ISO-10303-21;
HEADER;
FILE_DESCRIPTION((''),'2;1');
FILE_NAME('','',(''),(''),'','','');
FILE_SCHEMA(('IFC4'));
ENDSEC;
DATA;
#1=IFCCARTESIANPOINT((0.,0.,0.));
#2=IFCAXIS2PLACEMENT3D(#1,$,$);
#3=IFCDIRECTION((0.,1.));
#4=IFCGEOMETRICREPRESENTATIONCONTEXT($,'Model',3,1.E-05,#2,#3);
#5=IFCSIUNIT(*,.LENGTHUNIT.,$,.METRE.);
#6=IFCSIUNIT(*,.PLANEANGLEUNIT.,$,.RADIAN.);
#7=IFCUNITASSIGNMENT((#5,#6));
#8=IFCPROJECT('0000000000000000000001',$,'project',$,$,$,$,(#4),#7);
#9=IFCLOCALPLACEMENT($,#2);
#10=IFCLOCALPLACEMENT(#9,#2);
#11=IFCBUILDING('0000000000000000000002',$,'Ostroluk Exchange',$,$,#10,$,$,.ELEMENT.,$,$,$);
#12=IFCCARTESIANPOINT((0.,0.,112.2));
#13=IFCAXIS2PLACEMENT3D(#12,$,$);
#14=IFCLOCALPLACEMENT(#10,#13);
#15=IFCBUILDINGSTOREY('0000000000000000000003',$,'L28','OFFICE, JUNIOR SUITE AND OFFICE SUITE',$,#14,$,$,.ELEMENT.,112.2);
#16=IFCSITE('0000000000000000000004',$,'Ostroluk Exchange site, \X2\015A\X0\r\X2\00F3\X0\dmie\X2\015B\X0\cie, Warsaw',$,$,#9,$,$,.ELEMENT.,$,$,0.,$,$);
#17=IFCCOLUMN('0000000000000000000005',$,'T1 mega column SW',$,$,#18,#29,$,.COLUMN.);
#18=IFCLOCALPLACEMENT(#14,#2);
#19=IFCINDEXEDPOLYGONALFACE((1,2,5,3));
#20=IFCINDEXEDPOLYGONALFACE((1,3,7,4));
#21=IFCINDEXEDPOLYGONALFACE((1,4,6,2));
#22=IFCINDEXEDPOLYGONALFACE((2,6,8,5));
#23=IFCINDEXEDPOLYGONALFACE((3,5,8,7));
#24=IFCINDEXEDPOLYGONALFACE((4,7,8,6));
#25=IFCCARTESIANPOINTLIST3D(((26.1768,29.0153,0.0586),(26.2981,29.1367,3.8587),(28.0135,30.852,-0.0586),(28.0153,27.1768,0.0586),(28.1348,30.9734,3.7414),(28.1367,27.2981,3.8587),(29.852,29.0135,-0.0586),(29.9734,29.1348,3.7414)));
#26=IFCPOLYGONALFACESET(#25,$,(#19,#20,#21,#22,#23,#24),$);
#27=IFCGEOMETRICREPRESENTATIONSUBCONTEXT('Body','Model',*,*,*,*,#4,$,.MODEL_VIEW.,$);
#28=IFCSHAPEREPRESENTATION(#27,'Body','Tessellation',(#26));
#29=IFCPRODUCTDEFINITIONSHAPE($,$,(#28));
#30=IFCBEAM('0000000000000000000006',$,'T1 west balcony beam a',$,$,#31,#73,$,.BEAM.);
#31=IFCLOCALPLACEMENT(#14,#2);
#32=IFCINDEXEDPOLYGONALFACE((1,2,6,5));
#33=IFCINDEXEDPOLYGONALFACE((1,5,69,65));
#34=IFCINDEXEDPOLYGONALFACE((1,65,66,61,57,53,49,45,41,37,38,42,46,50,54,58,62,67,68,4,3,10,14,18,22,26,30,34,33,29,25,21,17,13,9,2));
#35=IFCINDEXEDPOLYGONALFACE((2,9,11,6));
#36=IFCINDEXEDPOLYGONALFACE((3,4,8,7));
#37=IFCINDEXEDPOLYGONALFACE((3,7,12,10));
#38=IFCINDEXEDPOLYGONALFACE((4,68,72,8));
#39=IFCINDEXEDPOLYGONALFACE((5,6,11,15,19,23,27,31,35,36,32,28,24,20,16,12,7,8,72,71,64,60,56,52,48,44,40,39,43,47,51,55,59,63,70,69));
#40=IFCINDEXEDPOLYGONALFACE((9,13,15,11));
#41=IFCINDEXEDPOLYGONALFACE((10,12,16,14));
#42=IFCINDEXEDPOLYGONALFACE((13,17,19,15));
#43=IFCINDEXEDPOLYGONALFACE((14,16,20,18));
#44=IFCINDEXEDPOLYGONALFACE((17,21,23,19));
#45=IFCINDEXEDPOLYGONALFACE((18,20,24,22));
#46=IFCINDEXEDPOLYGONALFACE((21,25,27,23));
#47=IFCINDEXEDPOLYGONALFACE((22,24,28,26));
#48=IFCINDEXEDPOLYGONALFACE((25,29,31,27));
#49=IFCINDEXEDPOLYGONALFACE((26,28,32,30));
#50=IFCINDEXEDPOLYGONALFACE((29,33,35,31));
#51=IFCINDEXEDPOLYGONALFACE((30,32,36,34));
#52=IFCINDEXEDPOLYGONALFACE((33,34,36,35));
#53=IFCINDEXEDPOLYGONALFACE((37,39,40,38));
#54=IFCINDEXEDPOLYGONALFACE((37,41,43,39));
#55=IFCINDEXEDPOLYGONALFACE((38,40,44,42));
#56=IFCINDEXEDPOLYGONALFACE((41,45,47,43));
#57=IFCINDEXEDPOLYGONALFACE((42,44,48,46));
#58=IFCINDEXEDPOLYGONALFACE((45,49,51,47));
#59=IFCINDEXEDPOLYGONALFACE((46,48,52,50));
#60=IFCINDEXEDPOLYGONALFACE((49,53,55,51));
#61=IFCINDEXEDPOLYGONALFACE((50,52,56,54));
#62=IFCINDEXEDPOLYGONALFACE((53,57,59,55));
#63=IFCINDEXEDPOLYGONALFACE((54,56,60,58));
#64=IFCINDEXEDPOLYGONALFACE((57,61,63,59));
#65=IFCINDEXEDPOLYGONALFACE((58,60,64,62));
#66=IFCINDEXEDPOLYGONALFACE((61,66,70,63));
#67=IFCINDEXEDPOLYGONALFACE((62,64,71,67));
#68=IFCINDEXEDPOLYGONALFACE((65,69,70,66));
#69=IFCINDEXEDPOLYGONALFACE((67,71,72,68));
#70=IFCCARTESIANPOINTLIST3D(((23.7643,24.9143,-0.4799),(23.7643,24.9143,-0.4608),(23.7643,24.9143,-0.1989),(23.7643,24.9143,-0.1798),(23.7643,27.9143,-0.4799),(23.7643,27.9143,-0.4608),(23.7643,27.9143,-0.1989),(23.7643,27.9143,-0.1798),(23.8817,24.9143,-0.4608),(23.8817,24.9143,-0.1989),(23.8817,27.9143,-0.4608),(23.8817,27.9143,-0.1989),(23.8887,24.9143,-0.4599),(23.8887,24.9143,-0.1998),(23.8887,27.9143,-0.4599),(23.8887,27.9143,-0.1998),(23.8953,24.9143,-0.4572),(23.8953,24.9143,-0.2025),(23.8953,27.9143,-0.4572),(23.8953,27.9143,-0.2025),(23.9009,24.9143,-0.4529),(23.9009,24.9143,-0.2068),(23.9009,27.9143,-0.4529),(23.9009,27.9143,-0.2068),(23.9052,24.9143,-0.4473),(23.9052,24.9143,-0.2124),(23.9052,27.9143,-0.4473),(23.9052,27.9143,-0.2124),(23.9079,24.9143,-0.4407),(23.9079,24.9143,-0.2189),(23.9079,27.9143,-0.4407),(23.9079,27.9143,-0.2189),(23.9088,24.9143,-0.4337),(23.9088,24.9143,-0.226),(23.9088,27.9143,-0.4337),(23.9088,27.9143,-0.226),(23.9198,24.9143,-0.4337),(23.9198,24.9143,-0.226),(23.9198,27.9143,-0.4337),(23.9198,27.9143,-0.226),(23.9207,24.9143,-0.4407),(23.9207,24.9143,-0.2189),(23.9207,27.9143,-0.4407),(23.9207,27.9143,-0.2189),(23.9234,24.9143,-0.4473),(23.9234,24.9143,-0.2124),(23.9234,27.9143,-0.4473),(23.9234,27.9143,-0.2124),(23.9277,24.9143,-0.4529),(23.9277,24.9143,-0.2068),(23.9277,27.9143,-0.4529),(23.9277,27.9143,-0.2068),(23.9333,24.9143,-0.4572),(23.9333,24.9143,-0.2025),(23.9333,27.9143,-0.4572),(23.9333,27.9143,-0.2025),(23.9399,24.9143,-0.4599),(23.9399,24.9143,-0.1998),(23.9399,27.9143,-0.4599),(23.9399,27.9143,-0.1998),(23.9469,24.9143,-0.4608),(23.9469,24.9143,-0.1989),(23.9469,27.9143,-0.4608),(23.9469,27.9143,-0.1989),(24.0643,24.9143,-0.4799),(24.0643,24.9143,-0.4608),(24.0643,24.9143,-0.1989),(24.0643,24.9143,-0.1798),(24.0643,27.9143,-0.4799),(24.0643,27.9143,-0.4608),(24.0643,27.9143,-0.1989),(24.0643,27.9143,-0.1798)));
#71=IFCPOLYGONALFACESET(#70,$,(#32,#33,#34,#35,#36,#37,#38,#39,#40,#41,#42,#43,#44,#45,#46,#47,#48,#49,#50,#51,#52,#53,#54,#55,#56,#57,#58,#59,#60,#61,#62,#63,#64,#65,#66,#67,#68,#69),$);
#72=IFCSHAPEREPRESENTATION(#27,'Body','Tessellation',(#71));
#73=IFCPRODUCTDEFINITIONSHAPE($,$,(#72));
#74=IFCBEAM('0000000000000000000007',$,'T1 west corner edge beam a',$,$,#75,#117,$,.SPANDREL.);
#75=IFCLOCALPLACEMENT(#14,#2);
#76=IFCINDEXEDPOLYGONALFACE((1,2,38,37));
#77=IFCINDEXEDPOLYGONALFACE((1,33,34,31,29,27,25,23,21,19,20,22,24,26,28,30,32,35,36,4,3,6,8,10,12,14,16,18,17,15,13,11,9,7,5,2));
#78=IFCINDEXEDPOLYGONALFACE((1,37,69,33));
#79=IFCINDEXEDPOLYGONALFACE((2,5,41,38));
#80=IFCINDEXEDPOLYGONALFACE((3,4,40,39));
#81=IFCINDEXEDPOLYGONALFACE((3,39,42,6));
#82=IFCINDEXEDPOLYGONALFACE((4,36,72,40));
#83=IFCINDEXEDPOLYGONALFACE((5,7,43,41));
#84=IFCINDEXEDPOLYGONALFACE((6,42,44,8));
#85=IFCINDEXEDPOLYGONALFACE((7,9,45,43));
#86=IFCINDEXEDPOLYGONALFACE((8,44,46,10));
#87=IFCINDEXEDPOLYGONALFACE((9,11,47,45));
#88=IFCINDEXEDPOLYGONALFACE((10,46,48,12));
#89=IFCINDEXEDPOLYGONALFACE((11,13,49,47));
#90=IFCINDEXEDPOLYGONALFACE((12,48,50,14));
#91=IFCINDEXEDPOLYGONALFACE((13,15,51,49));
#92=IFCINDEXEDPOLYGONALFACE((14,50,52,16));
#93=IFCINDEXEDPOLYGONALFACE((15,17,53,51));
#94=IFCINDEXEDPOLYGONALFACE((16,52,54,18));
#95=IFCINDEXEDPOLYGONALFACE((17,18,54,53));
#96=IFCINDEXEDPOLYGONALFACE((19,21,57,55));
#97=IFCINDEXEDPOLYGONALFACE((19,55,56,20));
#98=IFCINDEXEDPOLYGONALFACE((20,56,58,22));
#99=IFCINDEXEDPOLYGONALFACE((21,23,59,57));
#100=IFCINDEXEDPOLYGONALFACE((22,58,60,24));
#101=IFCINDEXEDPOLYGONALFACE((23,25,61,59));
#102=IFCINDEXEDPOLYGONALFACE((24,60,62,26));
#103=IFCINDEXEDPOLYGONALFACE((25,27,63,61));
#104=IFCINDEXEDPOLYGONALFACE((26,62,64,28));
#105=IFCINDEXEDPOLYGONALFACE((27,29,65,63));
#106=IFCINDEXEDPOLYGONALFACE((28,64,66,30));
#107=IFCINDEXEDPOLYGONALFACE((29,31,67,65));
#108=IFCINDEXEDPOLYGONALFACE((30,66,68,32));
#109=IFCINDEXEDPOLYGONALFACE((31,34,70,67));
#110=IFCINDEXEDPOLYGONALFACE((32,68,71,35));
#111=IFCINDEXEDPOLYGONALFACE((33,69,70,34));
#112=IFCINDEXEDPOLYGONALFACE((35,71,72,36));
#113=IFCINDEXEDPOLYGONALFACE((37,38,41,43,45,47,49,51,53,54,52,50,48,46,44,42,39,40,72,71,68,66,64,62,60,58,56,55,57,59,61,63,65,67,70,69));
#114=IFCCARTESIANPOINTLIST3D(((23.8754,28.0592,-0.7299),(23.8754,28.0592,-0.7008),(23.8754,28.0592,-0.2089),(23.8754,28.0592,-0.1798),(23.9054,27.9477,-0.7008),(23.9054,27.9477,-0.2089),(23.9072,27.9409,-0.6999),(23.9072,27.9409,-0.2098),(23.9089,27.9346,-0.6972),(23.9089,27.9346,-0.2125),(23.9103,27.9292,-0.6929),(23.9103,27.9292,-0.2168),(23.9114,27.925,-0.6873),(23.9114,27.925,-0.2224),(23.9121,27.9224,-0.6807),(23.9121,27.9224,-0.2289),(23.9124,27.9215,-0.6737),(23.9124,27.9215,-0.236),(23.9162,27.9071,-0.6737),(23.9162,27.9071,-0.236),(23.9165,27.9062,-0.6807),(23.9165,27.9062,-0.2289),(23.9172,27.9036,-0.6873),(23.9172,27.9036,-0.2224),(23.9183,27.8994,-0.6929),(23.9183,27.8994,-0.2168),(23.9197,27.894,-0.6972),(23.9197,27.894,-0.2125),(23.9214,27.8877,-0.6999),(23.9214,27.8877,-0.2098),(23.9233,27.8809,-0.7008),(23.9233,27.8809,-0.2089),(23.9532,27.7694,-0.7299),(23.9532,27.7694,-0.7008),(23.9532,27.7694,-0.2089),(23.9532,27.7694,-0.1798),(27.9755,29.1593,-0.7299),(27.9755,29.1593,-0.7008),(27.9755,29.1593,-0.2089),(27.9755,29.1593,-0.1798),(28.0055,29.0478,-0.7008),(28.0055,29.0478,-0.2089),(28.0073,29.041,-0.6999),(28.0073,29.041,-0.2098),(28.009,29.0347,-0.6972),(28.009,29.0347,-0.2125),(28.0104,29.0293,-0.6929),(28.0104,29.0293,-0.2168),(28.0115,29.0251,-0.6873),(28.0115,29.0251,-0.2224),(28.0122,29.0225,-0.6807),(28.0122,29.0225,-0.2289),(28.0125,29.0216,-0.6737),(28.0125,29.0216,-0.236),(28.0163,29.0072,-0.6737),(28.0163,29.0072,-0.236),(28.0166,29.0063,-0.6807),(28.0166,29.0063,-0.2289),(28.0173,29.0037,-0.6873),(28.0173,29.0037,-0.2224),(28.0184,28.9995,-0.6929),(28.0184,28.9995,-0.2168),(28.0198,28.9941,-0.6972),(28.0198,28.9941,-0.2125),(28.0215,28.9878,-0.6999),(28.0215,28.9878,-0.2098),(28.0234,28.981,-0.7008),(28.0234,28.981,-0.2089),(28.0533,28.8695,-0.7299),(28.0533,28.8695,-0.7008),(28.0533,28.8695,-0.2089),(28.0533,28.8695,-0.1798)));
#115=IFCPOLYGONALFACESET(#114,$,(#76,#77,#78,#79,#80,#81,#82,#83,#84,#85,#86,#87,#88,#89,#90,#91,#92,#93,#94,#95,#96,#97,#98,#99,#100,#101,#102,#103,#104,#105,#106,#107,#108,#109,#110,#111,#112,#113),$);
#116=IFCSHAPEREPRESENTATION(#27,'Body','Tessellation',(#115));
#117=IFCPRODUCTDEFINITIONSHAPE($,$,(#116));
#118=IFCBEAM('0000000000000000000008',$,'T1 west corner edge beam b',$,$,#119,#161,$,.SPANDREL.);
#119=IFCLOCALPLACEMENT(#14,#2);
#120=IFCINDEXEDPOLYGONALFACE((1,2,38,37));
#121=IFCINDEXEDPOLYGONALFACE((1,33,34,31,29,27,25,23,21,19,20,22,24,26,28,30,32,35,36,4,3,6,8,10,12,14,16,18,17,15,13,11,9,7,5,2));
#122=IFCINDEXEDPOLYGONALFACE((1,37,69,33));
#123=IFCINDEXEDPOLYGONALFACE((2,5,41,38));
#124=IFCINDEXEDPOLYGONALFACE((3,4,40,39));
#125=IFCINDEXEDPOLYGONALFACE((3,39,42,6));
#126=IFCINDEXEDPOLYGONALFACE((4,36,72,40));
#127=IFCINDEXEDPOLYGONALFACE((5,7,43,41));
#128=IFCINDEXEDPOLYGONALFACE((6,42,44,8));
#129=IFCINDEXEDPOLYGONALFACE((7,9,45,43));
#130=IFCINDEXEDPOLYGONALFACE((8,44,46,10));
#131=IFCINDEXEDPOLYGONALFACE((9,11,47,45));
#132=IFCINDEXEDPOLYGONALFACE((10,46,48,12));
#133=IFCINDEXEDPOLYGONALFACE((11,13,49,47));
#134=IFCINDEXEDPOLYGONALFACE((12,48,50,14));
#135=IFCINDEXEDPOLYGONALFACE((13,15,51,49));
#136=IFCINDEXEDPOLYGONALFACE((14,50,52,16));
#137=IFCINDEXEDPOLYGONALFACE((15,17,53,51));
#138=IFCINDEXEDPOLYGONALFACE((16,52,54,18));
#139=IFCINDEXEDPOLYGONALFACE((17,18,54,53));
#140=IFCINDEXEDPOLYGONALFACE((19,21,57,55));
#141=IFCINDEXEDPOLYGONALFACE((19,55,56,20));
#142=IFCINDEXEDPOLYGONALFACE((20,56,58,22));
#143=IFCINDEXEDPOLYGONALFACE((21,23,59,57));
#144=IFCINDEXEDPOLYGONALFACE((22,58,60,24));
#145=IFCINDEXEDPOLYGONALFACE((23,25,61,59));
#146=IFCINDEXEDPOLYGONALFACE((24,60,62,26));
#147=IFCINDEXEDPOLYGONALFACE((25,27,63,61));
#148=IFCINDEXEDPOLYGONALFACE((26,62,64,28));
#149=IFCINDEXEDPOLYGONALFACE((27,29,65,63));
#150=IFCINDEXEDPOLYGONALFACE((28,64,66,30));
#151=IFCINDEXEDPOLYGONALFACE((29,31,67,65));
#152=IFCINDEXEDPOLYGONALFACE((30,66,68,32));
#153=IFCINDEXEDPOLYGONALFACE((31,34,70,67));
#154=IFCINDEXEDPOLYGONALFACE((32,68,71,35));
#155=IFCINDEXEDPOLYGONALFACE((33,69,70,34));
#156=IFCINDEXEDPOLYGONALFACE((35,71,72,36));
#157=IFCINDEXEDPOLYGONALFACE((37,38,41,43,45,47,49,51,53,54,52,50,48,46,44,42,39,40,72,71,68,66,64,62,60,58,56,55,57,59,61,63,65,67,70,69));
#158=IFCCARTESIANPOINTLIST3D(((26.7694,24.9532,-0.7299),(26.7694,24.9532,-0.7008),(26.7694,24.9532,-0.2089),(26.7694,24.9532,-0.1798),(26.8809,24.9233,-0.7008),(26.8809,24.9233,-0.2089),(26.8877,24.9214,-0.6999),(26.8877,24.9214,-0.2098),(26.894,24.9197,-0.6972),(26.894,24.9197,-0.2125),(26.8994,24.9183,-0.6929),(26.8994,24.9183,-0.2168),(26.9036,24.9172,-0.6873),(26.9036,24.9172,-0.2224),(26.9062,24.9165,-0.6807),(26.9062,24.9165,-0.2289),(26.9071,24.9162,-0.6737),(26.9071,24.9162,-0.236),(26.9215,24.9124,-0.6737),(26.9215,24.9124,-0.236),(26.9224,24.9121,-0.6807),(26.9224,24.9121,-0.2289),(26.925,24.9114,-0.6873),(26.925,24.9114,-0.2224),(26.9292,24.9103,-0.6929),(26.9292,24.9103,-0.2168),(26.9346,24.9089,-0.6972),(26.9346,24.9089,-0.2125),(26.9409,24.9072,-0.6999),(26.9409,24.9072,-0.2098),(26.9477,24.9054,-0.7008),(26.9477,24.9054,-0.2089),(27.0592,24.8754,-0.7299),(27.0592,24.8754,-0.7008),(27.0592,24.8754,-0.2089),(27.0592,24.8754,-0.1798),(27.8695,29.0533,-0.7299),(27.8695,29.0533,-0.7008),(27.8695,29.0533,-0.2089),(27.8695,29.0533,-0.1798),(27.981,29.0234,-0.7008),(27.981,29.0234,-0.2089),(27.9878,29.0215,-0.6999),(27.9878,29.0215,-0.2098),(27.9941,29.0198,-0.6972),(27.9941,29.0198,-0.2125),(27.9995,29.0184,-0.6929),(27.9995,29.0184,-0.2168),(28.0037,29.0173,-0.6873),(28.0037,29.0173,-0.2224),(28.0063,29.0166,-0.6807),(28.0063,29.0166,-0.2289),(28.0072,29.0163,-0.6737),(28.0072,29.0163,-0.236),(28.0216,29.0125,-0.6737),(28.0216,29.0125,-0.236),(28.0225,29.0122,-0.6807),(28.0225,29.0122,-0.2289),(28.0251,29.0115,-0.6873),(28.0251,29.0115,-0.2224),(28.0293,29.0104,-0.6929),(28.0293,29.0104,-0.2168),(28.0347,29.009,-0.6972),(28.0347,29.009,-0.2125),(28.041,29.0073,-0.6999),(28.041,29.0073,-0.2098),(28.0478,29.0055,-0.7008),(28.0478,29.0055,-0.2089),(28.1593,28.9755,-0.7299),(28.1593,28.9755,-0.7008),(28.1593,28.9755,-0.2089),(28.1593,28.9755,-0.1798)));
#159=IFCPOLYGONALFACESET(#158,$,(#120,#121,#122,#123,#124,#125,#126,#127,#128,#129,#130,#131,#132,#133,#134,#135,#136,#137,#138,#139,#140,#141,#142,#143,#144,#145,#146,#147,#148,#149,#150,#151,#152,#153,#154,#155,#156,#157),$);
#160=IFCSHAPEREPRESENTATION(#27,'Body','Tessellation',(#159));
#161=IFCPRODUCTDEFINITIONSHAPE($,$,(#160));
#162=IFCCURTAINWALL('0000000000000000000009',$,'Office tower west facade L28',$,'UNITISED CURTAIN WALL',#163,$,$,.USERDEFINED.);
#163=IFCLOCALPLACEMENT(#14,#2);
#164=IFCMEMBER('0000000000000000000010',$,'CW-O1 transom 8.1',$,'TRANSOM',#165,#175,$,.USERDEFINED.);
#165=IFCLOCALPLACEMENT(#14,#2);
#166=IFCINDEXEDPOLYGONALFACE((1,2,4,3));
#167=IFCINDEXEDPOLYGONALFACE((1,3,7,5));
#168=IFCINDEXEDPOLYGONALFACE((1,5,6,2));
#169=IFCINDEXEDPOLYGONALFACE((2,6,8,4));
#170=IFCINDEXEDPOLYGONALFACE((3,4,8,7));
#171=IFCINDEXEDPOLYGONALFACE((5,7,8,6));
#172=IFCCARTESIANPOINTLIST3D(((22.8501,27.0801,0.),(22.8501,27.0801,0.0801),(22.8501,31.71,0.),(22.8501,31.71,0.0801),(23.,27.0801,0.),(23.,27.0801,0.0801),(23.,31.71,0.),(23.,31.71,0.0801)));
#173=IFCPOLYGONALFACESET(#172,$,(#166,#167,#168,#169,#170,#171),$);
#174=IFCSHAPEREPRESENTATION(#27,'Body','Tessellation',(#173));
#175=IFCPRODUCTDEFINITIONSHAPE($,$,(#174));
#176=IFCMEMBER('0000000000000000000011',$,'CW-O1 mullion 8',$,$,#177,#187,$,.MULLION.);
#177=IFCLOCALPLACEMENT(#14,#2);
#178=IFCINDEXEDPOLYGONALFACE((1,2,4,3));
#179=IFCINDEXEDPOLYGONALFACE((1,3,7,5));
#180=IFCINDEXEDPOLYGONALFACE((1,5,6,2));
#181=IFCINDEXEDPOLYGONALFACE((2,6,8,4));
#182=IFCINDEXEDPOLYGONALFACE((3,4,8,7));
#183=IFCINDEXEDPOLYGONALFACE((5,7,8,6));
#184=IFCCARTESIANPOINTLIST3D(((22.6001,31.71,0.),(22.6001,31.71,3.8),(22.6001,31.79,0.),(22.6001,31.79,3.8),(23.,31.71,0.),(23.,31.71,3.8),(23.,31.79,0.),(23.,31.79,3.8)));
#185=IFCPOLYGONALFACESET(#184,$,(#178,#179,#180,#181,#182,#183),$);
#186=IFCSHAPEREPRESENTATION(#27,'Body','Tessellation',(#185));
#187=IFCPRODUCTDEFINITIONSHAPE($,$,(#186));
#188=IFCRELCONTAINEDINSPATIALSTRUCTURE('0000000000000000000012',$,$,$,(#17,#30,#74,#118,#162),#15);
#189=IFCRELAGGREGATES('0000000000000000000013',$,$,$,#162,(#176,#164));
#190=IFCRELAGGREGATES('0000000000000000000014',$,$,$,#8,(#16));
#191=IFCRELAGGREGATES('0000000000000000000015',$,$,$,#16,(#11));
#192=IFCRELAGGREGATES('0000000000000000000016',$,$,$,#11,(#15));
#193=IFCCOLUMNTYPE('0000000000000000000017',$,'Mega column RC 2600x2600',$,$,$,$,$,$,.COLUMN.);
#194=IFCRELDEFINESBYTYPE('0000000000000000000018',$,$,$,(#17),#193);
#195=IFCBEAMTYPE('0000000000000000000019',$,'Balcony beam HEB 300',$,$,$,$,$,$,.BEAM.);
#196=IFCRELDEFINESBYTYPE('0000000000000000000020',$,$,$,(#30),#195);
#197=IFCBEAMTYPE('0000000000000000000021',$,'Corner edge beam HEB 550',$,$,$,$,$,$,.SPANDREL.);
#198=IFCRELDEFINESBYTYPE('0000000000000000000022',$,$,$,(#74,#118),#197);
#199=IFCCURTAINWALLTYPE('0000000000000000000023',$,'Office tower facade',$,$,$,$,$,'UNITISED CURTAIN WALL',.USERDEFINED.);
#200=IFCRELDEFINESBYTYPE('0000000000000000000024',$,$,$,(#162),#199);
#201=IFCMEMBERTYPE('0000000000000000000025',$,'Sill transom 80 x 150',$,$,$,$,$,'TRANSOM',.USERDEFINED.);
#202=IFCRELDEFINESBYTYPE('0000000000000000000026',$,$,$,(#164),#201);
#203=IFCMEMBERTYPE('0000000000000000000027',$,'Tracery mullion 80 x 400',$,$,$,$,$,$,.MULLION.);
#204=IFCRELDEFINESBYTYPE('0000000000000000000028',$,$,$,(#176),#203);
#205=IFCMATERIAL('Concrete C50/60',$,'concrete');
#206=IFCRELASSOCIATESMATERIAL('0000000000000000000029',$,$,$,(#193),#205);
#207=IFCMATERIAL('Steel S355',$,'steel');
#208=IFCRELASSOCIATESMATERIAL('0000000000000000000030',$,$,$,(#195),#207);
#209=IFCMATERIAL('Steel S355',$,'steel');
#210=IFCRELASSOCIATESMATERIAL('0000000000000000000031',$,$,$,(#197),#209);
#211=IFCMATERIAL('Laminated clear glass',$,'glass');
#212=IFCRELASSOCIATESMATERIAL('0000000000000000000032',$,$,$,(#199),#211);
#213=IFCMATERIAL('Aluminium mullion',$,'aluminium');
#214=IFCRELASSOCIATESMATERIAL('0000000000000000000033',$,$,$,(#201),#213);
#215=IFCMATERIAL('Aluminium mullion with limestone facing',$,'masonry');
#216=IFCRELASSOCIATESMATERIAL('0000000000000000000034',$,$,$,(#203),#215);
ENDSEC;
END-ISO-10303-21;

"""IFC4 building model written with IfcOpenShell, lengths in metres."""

from ifc_helpers import new_model, si_unit, direction, frame, origin, origin_2d, place, context, subcontext, project, spatial, rectangle, i_section, extrude, material, material_profile, profile_set, type_object, element, aggregate, save


model = new_model("IFC4")

# Units and contexts
model_context = context("Model", 3, precision=1e-05, world=origin(), true_north=direction((0.0, 1.0)))
body_context = subcontext(model_context, "Body", "Model", "MODEL_VIEW")
ifc_project = project(units=[si_unit("LENGTHUNIT", "METRE"), si_unit("PLANEANGLEUNIT", "RADIAN")], contexts=[model_context])

# Site, building, storey
site_placement = place(None, origin())
site = spatial("IfcSite", under=ifc_project, at=site_placement, Name="Ostroluk Exchange site, Śródmieście, Warsaw", CompositionType="ELEMENT", RefElevation=0.0)
building_placement = place(site_placement, origin())
building = spatial("IfcBuilding", under=site, at=building_placement, Name="Ostroluk Exchange", CompositionType="ELEMENT")
storey_placement = place(building_placement, frame((0.0, 0.0, 112.2)))
storey = spatial("IfcBuildingStorey", under=building, at=storey_placement, Name="L28", Description="OFFICE, JUNIOR SUITE AND OFFICE SUITE", CompositionType="ELEMENT", Elevation=112.2)

# Column
ifc_material_1 = material(Name="Concrete C50/60", Category="concrete")
ifc_material_profile_1 = material_profile(ifc_material_1, rectangle(XDim=2.6001, YDim=2.6001, at=origin_2d()), Name="RC 2600x2600")
ifc_profile_set_1 = profile_set([ifc_material_profile_1], Name="Concrete C50/60")
column_type = type_object("IfcColumnType", Name="Mega column RC 2600x2600", PredefinedType="COLUMN", material=ifc_profile_set_1)
column_placement = place(storey_placement, frame((28.0144, 29.0144, 0.0), z_axis=(0.031898, 0.031898, 0.998982), x_axis=(-0.707107, 0.707107, 0.0)))
element("IfcColumn", 1, at=column_placement, inside=storey, type_object=column_type, Name="T1 mega column SW", PredefinedType="COLUMN", context=body_context, shape_type="SweptSolid", body=[
    extrude(rectangle(XDim=2.6001, YDim=2.6001, at=origin_2d()), origin(), (0.0, 0.0, 1.0), 3.804),
])

# Beams
ifc_material_2 = material(Name="Steel S355", Category="steel")
ifc_material_profile_2 = material_profile(ifc_material_2, i_section(OverallWidth=0.3, OverallDepth=0.3, WebThickness=0.011, FlangeThickness=0.019, FilletRadius=0.0271, at=origin_2d()), Name="HEB 300")
ifc_profile_set_2 = profile_set([ifc_material_profile_2], Name="Steel S355")
beam_type_1 = type_object("IfcBeamType", Name="Balcony beam HEB 300", PredefinedType="BEAM", material=ifc_profile_set_2)
beam_placement = place(storey_placement, frame((23.9143, 27.9143, -0.3298), z_axis=(0.0, -1.0, 0.0), x_axis=(1.0, 0.0, 0.0)))
element("IfcBeam", 2, at=beam_placement, inside=storey, type_object=beam_type_1, Name="T1 west balcony beam a", PredefinedType="BEAM", context=body_context, shape_type="SweptSolid", body=[
    extrude(i_section(OverallWidth=0.3, OverallDepth=0.3, WebThickness=0.011, FlangeThickness=0.019, FilletRadius=0.0271, at=origin_2d()), origin(), (0.0, 0.0, 1.0), 3.0),
])
ifc_material_3 = material(Name="Steel S355", Category="steel")
ifc_material_profile_3 = material_profile(ifc_material_3, i_section(OverallWidth=0.3, OverallDepth=0.55, WebThickness=0.0149, FlangeThickness=0.0291, FilletRadius=0.0271, at=origin_2d()), Name="HEB 550")
ifc_profile_set_3 = profile_set([ifc_material_profile_3], Name="Steel S355")
beam_type_2 = type_object("IfcBeamType", Name="Corner edge beam HEB 550", PredefinedType="SPANDREL", material=ifc_profile_set_3)
for number, where, z_axis, x_axis, name in (
    (3, (28.0144, 29.0144, -0.4548), (-0.965839, -0.259144, 0.0), (0.259144, -0.965839, 0.0), "T1 west corner edge beam a"),
    (4, (28.0144, 29.0144, -0.4548), (-0.259144, -0.965839, 0.0), (0.965839, -0.259144, 0.0), "T1 west corner edge beam b"),
):
    element("IfcBeam", number, at=place(storey_placement, frame(where, z_axis=z_axis, x_axis=x_axis)), inside=storey, type_object=beam_type_2, Name=name, PredefinedType="SPANDREL", context=body_context, shape_type="SweptSolid", body=[
        extrude(i_section(OverallWidth=0.3, OverallDepth=0.55, WebThickness=0.0149, FlangeThickness=0.0291, FilletRadius=0.0271, at=origin_2d()), origin(), (0.0, 0.0, 1.0), 4.2451),
    ])

# Curtain wall, members
ifc_material_4 = material(Name="Laminated clear glass", Category="glass")
curtain_wall_type = type_object("IfcCurtainWallType", Name="Office tower facade", ElementType="UNITISED CURTAIN WALL", PredefinedType="USERDEFINED", material=ifc_material_4)
curtain_wall_placement = place(storey_placement, origin())
curtain_wall = element("IfcCurtainWall", 5, at=curtain_wall_placement, inside=storey, type_object=curtain_wall_type, Name="Office tower west facade L28", ObjectType="UNITISED CURTAIN WALL", PredefinedType="USERDEFINED")
ifc_material_5 = material(Name="Aluminium mullion", Category="aluminium")
ifc_material_profile_4 = material_profile(ifc_material_5, rectangle(XDim=0.1499, YDim=0.0801, at=origin_2d()), Name="Sill transom 80 x 150")
ifc_profile_set_4 = profile_set([ifc_material_profile_4], Name="Aluminium mullion")
member_type_1 = type_object("IfcMemberType", Name="Sill transom 80 x 150", ElementType="TRANSOM", PredefinedType="USERDEFINED", material=ifc_profile_set_4)
member_1_placement = place(storey_placement, frame((22.925, 31.71, 0.04), z_axis=(0.0, -1.0, 0.0), x_axis=(1.0, 0.0, 0.0)))
member_1 = element("IfcMember", 6, at=member_1_placement, type_object=member_type_1, Name="CW-O1 transom 8.1", ObjectType="TRANSOM", PredefinedType="USERDEFINED", context=body_context, shape_type="SweptSolid", body=[
    extrude(rectangle(XDim=0.1499, YDim=0.0801, at=origin_2d()), origin(), (0.0, 0.0, 1.0), 4.6299),
])
ifc_material_6 = material(Name="Aluminium mullion with limestone facing", Category="masonry")
ifc_material_profile_5 = material_profile(ifc_material_6, rectangle(XDim=0.3999, YDim=0.0801, at=origin_2d()), Name="Tracery mullion 80 x 400")
ifc_profile_set_5 = profile_set([ifc_material_profile_5], Name="Aluminium mullion with limestone facing")
member_type_2 = type_object("IfcMemberType", Name="Tracery mullion 80 x 400", PredefinedType="MULLION", material=ifc_profile_set_5)
member_2_placement = place(storey_placement, frame((22.8, 31.75, 0.0), z_axis=(0.0, 0.0, 1.0), x_axis=(1.0, 0.0, 0.0)))
member_2 = element("IfcMember", 7, at=member_2_placement, type_object=member_type_2, Name="CW-O1 mullion 8", PredefinedType="MULLION", context=body_context, shape_type="SweptSolid", body=[
    extrude(rectangle(XDim=0.3999, YDim=0.0801, at=origin_2d()), origin(), (0.0, 0.0, 1.0), 3.8),
])
aggregate(curtain_wall, [member_2, member_1])

save(model, "model.ifc")
